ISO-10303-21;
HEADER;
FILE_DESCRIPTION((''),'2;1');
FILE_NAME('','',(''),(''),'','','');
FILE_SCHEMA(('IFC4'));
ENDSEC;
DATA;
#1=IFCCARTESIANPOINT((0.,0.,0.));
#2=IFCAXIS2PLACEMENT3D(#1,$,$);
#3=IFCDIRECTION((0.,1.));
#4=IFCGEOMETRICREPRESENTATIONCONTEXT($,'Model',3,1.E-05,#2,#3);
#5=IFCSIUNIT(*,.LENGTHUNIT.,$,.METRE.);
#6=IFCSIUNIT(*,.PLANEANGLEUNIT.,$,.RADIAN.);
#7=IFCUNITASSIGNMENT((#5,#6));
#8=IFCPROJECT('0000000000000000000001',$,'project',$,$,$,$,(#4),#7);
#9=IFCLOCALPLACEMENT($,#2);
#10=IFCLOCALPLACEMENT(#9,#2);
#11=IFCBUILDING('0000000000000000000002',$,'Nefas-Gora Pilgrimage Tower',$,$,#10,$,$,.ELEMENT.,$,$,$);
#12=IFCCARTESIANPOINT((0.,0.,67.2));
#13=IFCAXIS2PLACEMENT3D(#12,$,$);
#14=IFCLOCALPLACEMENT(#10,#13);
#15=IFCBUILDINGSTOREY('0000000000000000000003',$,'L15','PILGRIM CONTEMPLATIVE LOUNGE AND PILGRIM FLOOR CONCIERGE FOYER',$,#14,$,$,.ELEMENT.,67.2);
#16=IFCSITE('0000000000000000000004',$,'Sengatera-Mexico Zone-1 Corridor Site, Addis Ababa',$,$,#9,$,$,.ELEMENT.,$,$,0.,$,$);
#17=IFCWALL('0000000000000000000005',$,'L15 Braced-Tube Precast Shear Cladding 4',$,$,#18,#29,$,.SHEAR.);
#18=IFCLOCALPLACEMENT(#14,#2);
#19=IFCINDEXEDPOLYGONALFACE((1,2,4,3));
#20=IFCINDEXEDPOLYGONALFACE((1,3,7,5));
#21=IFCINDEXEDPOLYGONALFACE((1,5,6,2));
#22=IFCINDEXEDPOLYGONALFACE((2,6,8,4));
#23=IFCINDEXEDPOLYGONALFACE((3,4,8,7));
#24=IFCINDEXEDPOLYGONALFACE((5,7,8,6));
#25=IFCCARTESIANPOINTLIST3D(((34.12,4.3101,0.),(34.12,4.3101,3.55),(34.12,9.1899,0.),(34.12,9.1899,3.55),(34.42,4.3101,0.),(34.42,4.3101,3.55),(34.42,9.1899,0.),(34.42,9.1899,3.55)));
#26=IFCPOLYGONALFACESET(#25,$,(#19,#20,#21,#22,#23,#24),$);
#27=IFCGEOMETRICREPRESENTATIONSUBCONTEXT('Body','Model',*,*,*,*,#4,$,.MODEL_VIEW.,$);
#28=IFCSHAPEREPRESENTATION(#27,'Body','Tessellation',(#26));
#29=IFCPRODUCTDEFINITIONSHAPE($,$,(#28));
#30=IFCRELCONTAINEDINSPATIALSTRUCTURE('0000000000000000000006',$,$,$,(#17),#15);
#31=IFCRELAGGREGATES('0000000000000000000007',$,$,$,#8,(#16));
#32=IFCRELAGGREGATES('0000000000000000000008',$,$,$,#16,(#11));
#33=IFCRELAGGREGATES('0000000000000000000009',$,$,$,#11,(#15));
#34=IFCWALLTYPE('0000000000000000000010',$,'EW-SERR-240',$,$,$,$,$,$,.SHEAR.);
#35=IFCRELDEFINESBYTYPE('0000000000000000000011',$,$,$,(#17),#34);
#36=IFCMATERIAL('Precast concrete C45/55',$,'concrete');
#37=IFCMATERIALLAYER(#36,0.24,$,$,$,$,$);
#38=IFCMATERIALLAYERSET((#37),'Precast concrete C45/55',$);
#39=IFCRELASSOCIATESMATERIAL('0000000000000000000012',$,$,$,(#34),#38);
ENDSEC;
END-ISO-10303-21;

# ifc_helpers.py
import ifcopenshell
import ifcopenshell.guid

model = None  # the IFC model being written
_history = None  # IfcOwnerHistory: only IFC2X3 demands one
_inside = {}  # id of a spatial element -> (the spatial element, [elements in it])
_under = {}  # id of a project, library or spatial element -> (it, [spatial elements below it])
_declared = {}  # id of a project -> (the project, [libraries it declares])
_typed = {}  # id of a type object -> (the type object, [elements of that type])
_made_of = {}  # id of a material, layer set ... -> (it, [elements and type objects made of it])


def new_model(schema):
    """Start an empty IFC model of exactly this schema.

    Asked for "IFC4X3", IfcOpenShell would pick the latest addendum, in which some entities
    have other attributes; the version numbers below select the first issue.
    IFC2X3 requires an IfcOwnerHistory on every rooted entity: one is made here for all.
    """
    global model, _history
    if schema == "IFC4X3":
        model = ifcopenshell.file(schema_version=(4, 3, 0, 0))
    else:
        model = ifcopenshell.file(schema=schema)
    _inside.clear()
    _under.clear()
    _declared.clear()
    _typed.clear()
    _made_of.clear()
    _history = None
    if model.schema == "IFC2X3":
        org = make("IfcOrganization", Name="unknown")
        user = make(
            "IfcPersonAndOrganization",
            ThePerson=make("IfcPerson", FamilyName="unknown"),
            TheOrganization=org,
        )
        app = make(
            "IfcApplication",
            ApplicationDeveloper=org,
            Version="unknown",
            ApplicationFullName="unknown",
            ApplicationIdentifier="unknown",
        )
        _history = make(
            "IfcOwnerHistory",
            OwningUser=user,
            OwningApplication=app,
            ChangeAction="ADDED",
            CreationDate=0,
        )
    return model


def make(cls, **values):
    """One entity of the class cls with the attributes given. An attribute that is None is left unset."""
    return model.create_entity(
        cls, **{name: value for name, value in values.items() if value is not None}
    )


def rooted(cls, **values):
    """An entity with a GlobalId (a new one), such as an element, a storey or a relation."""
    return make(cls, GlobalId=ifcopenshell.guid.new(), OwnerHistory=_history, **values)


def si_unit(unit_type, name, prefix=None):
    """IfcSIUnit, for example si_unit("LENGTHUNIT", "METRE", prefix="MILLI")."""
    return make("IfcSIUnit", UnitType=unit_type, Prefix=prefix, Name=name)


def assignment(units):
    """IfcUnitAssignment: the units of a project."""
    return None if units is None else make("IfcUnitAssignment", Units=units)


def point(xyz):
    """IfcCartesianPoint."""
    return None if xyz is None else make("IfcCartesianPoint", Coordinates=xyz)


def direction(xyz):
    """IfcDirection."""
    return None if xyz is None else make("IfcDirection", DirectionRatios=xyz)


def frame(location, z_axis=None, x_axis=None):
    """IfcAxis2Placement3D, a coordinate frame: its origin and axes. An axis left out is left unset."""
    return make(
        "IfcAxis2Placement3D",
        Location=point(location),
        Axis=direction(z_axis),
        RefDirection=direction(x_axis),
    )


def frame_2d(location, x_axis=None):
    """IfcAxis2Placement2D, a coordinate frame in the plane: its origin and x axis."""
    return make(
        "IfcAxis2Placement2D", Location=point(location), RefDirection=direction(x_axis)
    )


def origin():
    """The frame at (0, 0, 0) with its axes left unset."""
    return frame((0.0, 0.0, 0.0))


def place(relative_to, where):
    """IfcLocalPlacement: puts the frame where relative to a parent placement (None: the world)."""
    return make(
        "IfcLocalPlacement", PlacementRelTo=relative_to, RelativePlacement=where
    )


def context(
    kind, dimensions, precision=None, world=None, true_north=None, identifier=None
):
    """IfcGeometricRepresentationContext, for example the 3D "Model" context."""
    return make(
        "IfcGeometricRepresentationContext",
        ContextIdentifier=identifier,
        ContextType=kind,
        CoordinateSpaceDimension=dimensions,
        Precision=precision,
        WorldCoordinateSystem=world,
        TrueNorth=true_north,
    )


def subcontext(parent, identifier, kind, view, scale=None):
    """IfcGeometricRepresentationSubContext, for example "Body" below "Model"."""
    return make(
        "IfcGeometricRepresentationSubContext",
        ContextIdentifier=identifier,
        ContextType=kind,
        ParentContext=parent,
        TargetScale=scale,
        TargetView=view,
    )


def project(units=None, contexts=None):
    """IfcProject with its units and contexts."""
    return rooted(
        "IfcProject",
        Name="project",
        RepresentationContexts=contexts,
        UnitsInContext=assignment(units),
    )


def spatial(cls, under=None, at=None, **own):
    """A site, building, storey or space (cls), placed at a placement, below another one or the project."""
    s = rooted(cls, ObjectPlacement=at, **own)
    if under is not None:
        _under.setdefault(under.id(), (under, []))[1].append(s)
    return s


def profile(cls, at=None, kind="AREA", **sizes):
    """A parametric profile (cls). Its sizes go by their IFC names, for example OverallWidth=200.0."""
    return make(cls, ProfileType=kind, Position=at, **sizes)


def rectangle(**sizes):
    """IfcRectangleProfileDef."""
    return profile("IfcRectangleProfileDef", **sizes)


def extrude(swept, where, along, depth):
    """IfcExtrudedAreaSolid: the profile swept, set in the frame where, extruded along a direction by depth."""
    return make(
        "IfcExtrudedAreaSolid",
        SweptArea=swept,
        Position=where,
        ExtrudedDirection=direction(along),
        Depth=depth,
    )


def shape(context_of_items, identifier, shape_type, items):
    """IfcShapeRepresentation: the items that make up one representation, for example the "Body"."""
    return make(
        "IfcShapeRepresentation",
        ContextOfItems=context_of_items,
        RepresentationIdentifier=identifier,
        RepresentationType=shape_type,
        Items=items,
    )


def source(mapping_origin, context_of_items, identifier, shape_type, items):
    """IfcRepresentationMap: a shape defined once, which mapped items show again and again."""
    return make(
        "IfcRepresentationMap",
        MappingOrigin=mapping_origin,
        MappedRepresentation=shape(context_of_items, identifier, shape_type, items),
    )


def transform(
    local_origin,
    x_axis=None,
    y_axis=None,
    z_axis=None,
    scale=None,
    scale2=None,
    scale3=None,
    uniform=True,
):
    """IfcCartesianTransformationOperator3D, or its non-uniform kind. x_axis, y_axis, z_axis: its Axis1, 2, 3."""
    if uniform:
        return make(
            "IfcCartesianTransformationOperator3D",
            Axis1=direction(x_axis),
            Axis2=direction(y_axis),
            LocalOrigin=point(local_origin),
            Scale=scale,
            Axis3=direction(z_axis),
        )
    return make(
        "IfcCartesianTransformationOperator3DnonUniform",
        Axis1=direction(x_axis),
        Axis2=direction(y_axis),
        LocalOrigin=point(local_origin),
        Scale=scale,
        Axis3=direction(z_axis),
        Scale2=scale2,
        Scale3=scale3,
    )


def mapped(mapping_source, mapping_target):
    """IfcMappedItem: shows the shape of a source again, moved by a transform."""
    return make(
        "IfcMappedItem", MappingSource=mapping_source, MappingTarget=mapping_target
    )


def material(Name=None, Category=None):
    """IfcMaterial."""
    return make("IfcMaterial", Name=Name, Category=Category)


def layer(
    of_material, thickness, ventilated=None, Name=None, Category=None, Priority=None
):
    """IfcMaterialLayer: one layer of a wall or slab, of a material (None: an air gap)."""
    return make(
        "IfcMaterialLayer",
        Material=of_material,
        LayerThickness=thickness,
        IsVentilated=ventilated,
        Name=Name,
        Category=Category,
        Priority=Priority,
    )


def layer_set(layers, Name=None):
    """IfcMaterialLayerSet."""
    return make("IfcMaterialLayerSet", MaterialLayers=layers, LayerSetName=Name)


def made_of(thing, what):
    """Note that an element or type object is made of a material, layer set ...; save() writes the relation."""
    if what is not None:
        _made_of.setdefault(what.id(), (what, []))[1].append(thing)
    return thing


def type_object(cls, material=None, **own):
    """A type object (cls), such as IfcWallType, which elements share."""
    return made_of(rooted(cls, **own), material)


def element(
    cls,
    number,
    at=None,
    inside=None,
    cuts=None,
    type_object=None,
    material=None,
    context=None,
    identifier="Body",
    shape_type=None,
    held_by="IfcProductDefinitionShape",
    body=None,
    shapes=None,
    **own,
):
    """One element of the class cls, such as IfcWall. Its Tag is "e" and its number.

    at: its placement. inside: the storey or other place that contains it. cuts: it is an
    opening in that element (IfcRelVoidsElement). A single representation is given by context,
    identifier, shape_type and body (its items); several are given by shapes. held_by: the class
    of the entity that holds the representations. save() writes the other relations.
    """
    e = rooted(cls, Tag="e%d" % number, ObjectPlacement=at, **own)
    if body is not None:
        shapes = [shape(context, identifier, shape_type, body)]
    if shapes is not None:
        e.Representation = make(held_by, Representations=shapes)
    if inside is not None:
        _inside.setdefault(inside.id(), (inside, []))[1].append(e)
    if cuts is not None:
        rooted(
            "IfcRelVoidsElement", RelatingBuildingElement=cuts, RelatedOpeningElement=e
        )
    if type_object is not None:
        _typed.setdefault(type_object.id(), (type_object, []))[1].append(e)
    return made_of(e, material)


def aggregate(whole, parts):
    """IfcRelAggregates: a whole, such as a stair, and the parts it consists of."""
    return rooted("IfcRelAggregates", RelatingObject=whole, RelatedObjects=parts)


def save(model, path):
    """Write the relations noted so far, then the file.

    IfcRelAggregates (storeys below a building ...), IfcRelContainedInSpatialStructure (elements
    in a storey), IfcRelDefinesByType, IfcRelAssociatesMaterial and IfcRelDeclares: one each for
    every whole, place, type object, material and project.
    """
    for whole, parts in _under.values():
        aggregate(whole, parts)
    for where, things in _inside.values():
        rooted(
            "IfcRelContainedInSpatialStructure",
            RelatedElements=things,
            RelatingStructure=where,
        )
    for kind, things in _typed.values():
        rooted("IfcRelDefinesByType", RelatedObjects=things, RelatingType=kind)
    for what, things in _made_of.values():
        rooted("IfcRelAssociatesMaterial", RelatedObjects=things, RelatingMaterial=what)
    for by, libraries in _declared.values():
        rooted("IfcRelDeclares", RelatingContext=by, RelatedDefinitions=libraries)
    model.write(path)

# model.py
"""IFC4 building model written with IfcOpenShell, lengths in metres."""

from ifc_helpers import new_model, si_unit, direction, frame, frame_2d, origin, place, context, subcontext, project, spatial, rectangle, extrude, source, transform, mapped, material, layer, layer_set, type_object, element, save


model = new_model("IFC4")

# Units and contexts
model_context = context("Model", 3, precision=1e-05, world=origin(), true_north=direction((0.0, 1.0)))
body_context = subcontext(model_context, "Body", "Model", "MODEL_VIEW")
ifc_project = project(units=[si_unit("LENGTHUNIT", "METRE"), si_unit("PLANEANGLEUNIT", "RADIAN")], contexts=[model_context])

# Site, building, storey
site_placement = place(None, origin())
site = spatial("IfcSite", under=ifc_project, at=site_placement, Name="Sengatera-Mexico Zone-1 Corridor Site, Addis Ababa", CompositionType="ELEMENT", RefElevation=0.0)
building_placement = place(site_placement, origin())
building = spatial("IfcBuilding", under=site, at=building_placement, Name="Nefas-Gora Pilgrimage Tower", CompositionType="ELEMENT")
storey_placement = place(building_placement, frame((0.0, 0.0, 67.2)))
storey = spatial("IfcBuildingStorey", under=building, at=storey_placement, Name="L15", Description="PILGRIM CONTEMPLATIVE LOUNGE AND PILGRIM FLOOR CONCIERGE FOYER", CompositionType="ELEMENT", Elevation=67.2)

# Wall
ifc_material_1 = material(Name="Precast concrete C45/55", Category="concrete")
ifc_layer_1 = layer(ifc_material_1, 0.24)
ifc_layer_set_1 = layer_set([ifc_layer_1], Name="Precast concrete C45/55")
wall_type = type_object("IfcWallType", Name="EW-SERR-240", PredefinedType="SHEAR", material=ifc_layer_set_1)
shared_shape_1 = source(origin(), body_context, "Body", "SweptSolid", [
    extrude(rectangle(XDim=4.8799, YDim=0.3, at=frame_2d((2.4399, 0.0))), origin(), (0.0, 0.0, 1.0), 3.55),
])
wall_placement = place(storey_placement, frame((34.27, 4.3101, 0.0), z_axis=(0.0, 0.0, 1.0), x_axis=(0.0, 1.0, 0.0)))
element("IfcWall", 1, at=wall_placement, inside=storey, type_object=wall_type, Name="L15 Braced-Tube Precast Shear Cladding 4", PredefinedType="SHEAR", context=body_context, shape_type="MappedRepresentation", body=[
    mapped(shared_shape_1, transform((0.0, 0.0, 0.0), x_axis=(1.0, 0.0, 0.0), y_axis=(0.0, 1.0, 0.0), z_axis=(0.0, 0.0, 1.0), scale=1.0)),
])

save(model, "model.ifc")
